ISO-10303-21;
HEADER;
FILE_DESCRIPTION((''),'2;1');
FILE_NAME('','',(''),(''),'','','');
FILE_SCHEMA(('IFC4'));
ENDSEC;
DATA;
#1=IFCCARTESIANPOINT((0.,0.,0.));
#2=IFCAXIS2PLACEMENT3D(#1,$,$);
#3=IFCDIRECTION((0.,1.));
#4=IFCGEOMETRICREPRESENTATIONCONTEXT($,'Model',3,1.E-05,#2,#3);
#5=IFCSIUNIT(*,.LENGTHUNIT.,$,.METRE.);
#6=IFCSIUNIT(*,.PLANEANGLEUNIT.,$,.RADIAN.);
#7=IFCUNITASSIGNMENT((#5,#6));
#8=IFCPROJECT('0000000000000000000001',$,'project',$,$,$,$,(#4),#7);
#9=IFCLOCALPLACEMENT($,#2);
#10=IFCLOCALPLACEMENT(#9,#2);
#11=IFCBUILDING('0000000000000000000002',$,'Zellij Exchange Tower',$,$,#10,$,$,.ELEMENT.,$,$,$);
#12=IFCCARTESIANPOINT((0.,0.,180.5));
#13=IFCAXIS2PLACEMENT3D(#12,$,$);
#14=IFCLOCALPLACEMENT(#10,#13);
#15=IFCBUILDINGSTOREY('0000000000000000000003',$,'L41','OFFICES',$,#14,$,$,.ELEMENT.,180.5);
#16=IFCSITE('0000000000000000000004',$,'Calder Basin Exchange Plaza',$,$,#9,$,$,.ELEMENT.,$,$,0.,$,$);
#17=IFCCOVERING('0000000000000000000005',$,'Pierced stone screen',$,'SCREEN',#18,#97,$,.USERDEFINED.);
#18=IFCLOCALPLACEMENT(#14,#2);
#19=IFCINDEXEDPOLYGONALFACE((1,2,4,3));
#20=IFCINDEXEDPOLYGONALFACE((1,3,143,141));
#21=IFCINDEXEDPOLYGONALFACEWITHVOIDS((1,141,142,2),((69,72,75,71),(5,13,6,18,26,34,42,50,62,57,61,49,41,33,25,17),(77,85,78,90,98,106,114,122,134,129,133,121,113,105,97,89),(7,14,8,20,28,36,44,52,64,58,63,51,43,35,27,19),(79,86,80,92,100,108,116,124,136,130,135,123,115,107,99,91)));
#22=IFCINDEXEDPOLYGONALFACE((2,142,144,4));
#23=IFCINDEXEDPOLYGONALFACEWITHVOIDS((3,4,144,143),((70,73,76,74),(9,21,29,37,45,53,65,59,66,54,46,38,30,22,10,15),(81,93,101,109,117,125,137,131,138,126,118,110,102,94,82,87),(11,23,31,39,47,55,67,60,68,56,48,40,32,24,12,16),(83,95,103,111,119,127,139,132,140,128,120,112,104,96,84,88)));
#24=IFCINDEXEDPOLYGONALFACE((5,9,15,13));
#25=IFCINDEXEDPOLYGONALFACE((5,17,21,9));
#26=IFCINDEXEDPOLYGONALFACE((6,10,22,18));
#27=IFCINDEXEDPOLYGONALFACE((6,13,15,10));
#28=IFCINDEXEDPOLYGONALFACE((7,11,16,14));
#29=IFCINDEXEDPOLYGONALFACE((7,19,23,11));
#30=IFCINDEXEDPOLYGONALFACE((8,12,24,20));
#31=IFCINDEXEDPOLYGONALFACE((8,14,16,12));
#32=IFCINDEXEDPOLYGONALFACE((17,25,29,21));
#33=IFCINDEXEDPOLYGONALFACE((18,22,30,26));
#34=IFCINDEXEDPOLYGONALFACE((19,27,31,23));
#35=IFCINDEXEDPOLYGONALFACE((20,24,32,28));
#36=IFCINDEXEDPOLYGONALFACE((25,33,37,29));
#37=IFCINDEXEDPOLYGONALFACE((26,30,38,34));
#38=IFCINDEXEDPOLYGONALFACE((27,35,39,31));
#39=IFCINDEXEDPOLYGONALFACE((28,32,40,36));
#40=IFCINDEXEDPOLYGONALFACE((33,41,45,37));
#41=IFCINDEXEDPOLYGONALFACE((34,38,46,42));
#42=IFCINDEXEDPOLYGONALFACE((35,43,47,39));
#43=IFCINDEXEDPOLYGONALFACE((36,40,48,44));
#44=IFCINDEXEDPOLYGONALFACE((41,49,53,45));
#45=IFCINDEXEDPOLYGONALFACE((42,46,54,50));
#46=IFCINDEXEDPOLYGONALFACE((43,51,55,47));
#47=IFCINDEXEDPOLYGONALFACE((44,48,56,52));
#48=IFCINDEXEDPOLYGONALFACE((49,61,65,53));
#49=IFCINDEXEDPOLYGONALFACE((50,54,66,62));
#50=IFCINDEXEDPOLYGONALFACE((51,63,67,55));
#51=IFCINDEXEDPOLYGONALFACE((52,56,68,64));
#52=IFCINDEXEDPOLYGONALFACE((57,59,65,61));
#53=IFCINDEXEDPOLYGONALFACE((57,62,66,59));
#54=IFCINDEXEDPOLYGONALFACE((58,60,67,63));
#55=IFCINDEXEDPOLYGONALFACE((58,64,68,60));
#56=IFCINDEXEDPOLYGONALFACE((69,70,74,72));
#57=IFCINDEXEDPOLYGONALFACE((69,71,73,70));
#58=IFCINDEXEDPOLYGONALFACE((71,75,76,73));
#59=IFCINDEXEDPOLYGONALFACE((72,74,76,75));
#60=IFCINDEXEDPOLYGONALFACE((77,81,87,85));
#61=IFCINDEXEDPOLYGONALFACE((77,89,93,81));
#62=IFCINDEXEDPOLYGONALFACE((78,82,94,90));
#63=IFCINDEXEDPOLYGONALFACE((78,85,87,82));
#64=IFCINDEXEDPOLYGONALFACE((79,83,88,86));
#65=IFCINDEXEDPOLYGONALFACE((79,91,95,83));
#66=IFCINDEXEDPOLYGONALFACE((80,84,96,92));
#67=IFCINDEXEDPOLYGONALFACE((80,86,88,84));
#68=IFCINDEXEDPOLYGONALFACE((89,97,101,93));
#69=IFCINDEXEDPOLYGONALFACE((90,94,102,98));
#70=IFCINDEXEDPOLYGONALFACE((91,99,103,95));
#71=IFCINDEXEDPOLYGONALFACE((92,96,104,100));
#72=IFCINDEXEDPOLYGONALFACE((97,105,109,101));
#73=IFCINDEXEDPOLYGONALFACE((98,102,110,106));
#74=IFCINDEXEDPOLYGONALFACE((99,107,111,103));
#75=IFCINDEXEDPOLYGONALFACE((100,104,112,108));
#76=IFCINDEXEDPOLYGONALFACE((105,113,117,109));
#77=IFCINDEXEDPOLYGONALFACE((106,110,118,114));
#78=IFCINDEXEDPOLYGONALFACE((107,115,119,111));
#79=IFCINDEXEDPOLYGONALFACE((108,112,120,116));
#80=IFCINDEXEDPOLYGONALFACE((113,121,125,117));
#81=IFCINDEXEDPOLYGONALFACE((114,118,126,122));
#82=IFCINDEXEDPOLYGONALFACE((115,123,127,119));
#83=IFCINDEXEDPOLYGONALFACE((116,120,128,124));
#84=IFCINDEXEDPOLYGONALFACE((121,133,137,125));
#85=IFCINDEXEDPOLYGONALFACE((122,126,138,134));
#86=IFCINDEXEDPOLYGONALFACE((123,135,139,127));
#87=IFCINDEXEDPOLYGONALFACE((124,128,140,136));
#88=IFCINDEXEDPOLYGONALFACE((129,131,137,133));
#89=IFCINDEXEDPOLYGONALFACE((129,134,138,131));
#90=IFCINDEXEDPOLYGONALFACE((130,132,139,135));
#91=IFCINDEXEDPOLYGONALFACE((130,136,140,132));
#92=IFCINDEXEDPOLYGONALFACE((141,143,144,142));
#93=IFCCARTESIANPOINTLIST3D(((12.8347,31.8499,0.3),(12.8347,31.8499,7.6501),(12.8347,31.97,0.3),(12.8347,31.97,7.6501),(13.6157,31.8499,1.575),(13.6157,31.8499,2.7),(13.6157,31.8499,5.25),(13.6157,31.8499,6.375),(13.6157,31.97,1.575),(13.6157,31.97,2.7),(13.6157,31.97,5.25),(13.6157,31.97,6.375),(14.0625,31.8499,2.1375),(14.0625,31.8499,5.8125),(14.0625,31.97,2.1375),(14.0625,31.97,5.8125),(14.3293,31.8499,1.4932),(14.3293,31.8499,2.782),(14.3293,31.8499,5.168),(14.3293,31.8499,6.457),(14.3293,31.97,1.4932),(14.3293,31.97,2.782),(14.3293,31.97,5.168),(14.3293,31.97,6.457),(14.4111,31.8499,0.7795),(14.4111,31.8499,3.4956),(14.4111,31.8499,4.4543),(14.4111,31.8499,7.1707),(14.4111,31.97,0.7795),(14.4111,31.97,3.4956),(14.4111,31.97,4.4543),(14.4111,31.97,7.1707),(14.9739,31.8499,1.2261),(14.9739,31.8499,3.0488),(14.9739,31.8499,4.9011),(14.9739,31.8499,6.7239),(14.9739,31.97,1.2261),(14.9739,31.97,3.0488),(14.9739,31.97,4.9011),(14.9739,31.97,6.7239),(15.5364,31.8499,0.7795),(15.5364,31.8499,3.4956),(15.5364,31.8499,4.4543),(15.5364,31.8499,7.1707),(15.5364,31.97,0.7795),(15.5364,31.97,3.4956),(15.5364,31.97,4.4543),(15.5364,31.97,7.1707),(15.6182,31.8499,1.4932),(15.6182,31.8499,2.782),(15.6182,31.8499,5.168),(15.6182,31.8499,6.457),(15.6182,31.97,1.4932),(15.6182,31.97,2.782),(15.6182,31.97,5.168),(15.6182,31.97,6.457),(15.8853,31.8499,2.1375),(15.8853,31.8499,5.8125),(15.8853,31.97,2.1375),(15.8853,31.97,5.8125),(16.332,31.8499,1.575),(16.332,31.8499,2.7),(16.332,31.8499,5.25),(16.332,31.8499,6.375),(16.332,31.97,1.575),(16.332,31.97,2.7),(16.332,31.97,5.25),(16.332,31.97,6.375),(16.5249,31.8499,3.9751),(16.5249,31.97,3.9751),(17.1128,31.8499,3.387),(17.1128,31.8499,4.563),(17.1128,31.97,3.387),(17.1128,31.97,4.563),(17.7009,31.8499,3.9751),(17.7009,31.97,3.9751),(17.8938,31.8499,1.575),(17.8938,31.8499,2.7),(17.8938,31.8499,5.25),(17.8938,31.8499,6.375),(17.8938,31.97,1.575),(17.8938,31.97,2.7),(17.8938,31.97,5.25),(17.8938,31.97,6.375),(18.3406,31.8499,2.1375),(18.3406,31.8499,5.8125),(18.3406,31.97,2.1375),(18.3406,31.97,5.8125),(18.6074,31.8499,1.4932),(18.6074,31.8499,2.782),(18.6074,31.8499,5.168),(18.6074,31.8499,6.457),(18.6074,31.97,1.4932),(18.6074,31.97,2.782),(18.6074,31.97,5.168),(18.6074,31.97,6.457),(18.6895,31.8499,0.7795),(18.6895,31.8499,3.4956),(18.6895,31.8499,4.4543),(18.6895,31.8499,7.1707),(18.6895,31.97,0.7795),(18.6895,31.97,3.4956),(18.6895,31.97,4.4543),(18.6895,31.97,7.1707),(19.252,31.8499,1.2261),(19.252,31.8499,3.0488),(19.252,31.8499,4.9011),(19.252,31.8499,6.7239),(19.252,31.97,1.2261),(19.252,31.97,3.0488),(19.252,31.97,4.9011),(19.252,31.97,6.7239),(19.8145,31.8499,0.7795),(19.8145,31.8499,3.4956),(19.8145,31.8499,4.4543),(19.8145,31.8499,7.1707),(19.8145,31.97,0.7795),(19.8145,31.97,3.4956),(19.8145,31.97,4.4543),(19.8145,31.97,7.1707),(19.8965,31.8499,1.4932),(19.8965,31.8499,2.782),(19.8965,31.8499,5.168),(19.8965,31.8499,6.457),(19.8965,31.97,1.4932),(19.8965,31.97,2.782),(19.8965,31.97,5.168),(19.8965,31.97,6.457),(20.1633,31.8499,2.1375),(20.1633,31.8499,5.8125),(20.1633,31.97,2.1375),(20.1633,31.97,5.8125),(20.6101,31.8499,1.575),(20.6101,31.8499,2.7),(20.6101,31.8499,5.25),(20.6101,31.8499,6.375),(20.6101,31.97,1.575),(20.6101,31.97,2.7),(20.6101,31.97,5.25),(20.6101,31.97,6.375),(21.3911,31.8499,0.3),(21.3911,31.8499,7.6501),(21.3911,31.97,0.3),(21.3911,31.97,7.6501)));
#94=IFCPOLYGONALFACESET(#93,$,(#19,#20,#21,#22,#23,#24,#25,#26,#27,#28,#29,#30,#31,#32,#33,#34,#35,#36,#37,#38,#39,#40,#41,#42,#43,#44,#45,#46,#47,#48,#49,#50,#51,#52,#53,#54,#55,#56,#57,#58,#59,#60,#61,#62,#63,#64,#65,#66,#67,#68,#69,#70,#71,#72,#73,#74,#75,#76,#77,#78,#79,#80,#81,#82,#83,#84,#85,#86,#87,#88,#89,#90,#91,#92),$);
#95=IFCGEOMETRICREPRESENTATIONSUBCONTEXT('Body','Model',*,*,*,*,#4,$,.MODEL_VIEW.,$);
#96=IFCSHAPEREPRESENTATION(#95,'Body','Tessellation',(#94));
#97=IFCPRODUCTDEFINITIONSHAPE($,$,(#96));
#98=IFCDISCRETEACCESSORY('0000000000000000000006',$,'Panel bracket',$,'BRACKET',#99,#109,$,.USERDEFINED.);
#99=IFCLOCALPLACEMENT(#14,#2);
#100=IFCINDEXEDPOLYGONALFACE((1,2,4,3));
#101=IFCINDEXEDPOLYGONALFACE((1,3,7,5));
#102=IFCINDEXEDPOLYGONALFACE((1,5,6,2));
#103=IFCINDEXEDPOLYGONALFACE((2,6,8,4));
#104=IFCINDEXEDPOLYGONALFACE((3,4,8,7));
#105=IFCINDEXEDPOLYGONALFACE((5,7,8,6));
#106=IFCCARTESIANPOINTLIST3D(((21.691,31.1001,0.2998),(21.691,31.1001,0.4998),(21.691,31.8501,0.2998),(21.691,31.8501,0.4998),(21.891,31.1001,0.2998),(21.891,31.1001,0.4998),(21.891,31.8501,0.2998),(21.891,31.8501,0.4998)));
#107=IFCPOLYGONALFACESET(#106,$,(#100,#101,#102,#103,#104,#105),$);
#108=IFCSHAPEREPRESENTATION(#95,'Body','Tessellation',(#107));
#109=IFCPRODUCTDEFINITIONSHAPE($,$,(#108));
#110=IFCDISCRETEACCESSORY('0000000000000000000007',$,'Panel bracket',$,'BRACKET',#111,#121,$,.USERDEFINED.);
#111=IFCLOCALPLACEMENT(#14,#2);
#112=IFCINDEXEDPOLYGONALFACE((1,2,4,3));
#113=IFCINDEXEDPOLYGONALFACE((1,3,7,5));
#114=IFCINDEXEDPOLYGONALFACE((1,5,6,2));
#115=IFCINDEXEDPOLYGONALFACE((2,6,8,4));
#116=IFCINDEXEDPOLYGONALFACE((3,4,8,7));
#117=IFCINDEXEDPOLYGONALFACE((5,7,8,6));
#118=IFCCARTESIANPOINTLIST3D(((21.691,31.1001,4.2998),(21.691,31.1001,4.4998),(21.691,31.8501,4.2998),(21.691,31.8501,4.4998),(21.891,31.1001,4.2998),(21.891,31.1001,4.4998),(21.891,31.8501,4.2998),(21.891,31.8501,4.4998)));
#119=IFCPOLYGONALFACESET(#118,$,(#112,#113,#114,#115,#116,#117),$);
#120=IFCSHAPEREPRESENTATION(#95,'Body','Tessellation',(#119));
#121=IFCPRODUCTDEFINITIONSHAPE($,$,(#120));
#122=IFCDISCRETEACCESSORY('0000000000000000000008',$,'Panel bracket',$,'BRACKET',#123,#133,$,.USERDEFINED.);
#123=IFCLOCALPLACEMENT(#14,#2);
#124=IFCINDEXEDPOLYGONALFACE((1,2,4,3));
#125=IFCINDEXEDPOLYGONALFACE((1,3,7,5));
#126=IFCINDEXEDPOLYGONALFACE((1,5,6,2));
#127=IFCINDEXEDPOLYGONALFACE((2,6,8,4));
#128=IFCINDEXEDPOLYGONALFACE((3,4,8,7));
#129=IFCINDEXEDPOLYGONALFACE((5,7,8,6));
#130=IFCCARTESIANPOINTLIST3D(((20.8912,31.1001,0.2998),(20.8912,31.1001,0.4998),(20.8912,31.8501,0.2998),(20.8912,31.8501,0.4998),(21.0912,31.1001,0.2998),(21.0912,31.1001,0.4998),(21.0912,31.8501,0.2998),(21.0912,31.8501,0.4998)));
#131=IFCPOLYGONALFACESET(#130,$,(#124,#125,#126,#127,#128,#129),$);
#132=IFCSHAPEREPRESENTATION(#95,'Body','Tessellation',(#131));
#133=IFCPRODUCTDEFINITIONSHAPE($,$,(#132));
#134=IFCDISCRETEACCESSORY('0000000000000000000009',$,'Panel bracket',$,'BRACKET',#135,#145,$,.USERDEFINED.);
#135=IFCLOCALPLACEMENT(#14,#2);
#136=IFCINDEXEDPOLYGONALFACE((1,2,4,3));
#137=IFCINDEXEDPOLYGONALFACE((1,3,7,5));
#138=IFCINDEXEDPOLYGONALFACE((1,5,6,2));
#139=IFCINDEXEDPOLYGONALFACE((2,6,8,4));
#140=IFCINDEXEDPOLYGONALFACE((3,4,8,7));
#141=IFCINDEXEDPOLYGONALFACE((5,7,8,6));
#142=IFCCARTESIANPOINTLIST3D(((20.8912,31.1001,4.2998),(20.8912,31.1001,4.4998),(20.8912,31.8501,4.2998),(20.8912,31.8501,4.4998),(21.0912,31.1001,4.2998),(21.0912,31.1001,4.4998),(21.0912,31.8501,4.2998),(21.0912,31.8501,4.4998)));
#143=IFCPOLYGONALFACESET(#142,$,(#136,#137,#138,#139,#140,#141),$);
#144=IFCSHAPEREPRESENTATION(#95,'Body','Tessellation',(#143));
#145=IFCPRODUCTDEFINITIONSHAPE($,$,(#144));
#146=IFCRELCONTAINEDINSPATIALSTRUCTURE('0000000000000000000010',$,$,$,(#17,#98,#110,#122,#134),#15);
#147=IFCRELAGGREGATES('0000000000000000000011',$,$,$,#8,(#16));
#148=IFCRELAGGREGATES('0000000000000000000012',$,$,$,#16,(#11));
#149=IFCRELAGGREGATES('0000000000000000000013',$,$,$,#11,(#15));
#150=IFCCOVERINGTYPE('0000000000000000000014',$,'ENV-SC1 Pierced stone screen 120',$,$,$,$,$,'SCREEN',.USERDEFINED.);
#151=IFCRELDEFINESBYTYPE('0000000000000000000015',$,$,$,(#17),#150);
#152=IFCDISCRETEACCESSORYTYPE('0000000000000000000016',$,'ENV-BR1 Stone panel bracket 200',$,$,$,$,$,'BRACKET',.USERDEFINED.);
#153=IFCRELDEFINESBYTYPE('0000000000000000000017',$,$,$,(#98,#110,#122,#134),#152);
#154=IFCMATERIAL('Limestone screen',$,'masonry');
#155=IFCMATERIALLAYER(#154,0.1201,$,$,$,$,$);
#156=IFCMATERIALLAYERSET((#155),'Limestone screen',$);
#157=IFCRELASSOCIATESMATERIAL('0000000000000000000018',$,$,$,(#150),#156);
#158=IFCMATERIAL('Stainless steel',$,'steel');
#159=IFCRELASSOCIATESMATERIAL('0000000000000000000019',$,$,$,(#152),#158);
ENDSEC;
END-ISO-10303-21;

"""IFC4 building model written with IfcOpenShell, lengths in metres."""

from ifc_helpers import new_model, si_unit, direction, frame, origin, origin_2d, place, context, subcontext, project, spatial, polyline, rectangle, outline, extrude, material, layer, layer_set, type_object, element, save


model = new_model("IFC4")

# Units and contexts
model_context = context("Model", 3, precision=1e-05, world=origin(), true_north=direction((0.0, 1.0)))
body_context = subcontext(model_context, "Body", "Model", "MODEL_VIEW")
ifc_project = project(units=[si_unit("LENGTHUNIT", "METRE"), si_unit("PLANEANGLEUNIT", "RADIAN")], contexts=[model_context])

# Site, building, storey
site_placement = place(None, origin())
site = spatial("IfcSite", under=ifc_project, at=site_placement, Name="Calder Basin Exchange Plaza", CompositionType="ELEMENT", RefElevation=0.0)
building_placement = place(site_placement, origin())
building = spatial("IfcBuilding", under=site, at=building_placement, Name="Zellij Exchange Tower", CompositionType="ELEMENT")
storey_placement = place(building_placement, frame((0.0, 0.0, 180.5)))
storey = spatial("IfcBuildingStorey", under=building, at=storey_placement, Name="L41", Description="OFFICES", CompositionType="ELEMENT", Elevation=180.5)

# Covering
ifc_material_1 = material(Name="Limestone screen", Category="masonry")
ifc_layer_1 = layer(ifc_material_1, 0.1201)
ifc_layer_set_1 = layer_set([ifc_layer_1], Name="Limestone screen")
covering_type = type_object("IfcCoveringType", Name="ENV-SC1 Pierced stone screen 120", ElementType="SCREEN", PredefinedType="USERDEFINED", material=ifc_layer_set_1)
covering_placement = place(storey_placement, frame((21.3911, 31.9099, 0.3), z_axis=(0.0, 0.0, 1.0), x_axis=(-1.0, 0.0, 0.0)))
element("IfcCovering", 1, at=covering_placement, inside=storey, type_object=covering_type, Name="Pierced stone screen", ObjectType="SCREEN", PredefinedType="USERDEFINED", context=body_context, shape_type="SweptSolid", body=[
    extrude(outline(polyline([(0.0, 0.0), (8.5564, 0.0), (8.5564, 7.3501), (0.0, 7.3501), (0.0, 0.0)]), holes=[polyline([(3.4973, 2.3999), (2.7837, 2.4819), (2.7017, 3.1956), (2.1392, 2.7488), (1.5767, 3.1956), (1.4946, 2.4819), (0.781, 2.3999), (1.2278, 1.8374), (0.781, 1.2749), (1.4946, 1.1931), (1.5767, 0.4795), (2.1392, 0.926), (2.7017, 0.4795), (2.7837, 1.1931), (3.4973, 1.2749), (3.0505, 1.8374), (3.4973, 2.3999)]), polyline([(3.4973, 6.075), (2.7837, 6.157), (2.7017, 6.8706), (2.1392, 6.4238), (1.5767, 6.8706), (1.4946, 6.157), (0.781, 6.075), (1.2278, 5.5125), (0.781, 4.95), (1.4946, 4.8679), (1.5767, 4.1543), (2.1392, 4.6011), (2.7017, 4.1543), (2.7837, 4.8679), (3.4973, 4.95), (3.0505, 5.5125), (3.4973, 6.075)]), polyline([(7.7754, 2.3999), (7.0618, 2.4819), (6.98, 3.1956), (6.4172, 2.7488), (5.8547, 3.1956), (5.7729, 2.4819), (5.0591, 2.3999), (5.5059, 1.8374), (5.0591, 1.2749), (5.7729, 1.1931), (5.8547, 0.4795), (6.4172, 0.926), (6.98, 0.4795), (7.0618, 1.1931), (7.7754, 1.2749), (7.3286, 1.8374), (7.7754, 2.3999)]), polyline([(7.7754, 6.075), (7.0618, 6.157), (6.98, 6.8706), (6.4172, 6.4238), (5.8547, 6.8706), (5.7729, 6.157), (5.0591, 6.075), (5.5059, 5.5125), (5.0591, 4.95), (5.7729, 4.8679), (5.8547, 4.1543), (6.4172, 4.6011), (6.98, 4.1543), (7.0618, 4.8679), (7.7754, 4.95), (7.3286, 5.5125), (7.7754, 6.075)]), polyline([(4.8662, 3.675), (4.2783, 4.2629), (3.6902, 3.675), (4.2783, 3.0869), (4.8662, 3.675)])]), frame((0.0, 0.0601, 0.0), z_axis=(0.0, -1.0, 0.0), x_axis=(1.0, 0.0, 0.0)), (0.0, 0.0, 1.0), 0.1201),
])

# Discrete accessories
ifc_material_2 = material(Name="Stainless steel", Category="steel")
discrete_accessory_type = type_object("IfcDiscreteAccessoryType", Name="ENV-BR1 Stone panel bracket 200", ElementType="BRACKET", PredefinedType="USERDEFINED", material=ifc_material_2)
for number, where, z_axis, x_axis, name in (
    (2, (21.791, 31.4751, 0.2998), (0.0, 0.0, 1.0), (-1.0, 0.0, 0.0), "Panel bracket"),
    (3, (21.791, 31.4751, 4.2998), (0.0, 0.0, 1.0), (-1.0, 0.0, 0.0), "Panel bracket"),
    (4, (20.9912, 31.4751, 0.2998), (0.0, 0.0, 1.0), (-1.0, 0.0, 0.0), "Panel bracket"),
    (5, (20.9912, 31.4751, 4.2998), (0.0, 0.0, 1.0), (-1.0, 0.0, 0.0), "Panel bracket"),
):
    element("IfcDiscreteAccessory", number, at=place(storey_placement, frame(where, z_axis=z_axis, x_axis=x_axis)), inside=storey, type_object=discrete_accessory_type, Name=name, ObjectType="BRACKET", PredefinedType="USERDEFINED", context=body_context, shape_type="SweptSolid", body=[
        extrude(rectangle(XDim=0.2, YDim=0.75, at=origin_2d()), origin(), (0.0, 0.0, 1.0), 0.2),
    ])

save(model, "model.ifc")
